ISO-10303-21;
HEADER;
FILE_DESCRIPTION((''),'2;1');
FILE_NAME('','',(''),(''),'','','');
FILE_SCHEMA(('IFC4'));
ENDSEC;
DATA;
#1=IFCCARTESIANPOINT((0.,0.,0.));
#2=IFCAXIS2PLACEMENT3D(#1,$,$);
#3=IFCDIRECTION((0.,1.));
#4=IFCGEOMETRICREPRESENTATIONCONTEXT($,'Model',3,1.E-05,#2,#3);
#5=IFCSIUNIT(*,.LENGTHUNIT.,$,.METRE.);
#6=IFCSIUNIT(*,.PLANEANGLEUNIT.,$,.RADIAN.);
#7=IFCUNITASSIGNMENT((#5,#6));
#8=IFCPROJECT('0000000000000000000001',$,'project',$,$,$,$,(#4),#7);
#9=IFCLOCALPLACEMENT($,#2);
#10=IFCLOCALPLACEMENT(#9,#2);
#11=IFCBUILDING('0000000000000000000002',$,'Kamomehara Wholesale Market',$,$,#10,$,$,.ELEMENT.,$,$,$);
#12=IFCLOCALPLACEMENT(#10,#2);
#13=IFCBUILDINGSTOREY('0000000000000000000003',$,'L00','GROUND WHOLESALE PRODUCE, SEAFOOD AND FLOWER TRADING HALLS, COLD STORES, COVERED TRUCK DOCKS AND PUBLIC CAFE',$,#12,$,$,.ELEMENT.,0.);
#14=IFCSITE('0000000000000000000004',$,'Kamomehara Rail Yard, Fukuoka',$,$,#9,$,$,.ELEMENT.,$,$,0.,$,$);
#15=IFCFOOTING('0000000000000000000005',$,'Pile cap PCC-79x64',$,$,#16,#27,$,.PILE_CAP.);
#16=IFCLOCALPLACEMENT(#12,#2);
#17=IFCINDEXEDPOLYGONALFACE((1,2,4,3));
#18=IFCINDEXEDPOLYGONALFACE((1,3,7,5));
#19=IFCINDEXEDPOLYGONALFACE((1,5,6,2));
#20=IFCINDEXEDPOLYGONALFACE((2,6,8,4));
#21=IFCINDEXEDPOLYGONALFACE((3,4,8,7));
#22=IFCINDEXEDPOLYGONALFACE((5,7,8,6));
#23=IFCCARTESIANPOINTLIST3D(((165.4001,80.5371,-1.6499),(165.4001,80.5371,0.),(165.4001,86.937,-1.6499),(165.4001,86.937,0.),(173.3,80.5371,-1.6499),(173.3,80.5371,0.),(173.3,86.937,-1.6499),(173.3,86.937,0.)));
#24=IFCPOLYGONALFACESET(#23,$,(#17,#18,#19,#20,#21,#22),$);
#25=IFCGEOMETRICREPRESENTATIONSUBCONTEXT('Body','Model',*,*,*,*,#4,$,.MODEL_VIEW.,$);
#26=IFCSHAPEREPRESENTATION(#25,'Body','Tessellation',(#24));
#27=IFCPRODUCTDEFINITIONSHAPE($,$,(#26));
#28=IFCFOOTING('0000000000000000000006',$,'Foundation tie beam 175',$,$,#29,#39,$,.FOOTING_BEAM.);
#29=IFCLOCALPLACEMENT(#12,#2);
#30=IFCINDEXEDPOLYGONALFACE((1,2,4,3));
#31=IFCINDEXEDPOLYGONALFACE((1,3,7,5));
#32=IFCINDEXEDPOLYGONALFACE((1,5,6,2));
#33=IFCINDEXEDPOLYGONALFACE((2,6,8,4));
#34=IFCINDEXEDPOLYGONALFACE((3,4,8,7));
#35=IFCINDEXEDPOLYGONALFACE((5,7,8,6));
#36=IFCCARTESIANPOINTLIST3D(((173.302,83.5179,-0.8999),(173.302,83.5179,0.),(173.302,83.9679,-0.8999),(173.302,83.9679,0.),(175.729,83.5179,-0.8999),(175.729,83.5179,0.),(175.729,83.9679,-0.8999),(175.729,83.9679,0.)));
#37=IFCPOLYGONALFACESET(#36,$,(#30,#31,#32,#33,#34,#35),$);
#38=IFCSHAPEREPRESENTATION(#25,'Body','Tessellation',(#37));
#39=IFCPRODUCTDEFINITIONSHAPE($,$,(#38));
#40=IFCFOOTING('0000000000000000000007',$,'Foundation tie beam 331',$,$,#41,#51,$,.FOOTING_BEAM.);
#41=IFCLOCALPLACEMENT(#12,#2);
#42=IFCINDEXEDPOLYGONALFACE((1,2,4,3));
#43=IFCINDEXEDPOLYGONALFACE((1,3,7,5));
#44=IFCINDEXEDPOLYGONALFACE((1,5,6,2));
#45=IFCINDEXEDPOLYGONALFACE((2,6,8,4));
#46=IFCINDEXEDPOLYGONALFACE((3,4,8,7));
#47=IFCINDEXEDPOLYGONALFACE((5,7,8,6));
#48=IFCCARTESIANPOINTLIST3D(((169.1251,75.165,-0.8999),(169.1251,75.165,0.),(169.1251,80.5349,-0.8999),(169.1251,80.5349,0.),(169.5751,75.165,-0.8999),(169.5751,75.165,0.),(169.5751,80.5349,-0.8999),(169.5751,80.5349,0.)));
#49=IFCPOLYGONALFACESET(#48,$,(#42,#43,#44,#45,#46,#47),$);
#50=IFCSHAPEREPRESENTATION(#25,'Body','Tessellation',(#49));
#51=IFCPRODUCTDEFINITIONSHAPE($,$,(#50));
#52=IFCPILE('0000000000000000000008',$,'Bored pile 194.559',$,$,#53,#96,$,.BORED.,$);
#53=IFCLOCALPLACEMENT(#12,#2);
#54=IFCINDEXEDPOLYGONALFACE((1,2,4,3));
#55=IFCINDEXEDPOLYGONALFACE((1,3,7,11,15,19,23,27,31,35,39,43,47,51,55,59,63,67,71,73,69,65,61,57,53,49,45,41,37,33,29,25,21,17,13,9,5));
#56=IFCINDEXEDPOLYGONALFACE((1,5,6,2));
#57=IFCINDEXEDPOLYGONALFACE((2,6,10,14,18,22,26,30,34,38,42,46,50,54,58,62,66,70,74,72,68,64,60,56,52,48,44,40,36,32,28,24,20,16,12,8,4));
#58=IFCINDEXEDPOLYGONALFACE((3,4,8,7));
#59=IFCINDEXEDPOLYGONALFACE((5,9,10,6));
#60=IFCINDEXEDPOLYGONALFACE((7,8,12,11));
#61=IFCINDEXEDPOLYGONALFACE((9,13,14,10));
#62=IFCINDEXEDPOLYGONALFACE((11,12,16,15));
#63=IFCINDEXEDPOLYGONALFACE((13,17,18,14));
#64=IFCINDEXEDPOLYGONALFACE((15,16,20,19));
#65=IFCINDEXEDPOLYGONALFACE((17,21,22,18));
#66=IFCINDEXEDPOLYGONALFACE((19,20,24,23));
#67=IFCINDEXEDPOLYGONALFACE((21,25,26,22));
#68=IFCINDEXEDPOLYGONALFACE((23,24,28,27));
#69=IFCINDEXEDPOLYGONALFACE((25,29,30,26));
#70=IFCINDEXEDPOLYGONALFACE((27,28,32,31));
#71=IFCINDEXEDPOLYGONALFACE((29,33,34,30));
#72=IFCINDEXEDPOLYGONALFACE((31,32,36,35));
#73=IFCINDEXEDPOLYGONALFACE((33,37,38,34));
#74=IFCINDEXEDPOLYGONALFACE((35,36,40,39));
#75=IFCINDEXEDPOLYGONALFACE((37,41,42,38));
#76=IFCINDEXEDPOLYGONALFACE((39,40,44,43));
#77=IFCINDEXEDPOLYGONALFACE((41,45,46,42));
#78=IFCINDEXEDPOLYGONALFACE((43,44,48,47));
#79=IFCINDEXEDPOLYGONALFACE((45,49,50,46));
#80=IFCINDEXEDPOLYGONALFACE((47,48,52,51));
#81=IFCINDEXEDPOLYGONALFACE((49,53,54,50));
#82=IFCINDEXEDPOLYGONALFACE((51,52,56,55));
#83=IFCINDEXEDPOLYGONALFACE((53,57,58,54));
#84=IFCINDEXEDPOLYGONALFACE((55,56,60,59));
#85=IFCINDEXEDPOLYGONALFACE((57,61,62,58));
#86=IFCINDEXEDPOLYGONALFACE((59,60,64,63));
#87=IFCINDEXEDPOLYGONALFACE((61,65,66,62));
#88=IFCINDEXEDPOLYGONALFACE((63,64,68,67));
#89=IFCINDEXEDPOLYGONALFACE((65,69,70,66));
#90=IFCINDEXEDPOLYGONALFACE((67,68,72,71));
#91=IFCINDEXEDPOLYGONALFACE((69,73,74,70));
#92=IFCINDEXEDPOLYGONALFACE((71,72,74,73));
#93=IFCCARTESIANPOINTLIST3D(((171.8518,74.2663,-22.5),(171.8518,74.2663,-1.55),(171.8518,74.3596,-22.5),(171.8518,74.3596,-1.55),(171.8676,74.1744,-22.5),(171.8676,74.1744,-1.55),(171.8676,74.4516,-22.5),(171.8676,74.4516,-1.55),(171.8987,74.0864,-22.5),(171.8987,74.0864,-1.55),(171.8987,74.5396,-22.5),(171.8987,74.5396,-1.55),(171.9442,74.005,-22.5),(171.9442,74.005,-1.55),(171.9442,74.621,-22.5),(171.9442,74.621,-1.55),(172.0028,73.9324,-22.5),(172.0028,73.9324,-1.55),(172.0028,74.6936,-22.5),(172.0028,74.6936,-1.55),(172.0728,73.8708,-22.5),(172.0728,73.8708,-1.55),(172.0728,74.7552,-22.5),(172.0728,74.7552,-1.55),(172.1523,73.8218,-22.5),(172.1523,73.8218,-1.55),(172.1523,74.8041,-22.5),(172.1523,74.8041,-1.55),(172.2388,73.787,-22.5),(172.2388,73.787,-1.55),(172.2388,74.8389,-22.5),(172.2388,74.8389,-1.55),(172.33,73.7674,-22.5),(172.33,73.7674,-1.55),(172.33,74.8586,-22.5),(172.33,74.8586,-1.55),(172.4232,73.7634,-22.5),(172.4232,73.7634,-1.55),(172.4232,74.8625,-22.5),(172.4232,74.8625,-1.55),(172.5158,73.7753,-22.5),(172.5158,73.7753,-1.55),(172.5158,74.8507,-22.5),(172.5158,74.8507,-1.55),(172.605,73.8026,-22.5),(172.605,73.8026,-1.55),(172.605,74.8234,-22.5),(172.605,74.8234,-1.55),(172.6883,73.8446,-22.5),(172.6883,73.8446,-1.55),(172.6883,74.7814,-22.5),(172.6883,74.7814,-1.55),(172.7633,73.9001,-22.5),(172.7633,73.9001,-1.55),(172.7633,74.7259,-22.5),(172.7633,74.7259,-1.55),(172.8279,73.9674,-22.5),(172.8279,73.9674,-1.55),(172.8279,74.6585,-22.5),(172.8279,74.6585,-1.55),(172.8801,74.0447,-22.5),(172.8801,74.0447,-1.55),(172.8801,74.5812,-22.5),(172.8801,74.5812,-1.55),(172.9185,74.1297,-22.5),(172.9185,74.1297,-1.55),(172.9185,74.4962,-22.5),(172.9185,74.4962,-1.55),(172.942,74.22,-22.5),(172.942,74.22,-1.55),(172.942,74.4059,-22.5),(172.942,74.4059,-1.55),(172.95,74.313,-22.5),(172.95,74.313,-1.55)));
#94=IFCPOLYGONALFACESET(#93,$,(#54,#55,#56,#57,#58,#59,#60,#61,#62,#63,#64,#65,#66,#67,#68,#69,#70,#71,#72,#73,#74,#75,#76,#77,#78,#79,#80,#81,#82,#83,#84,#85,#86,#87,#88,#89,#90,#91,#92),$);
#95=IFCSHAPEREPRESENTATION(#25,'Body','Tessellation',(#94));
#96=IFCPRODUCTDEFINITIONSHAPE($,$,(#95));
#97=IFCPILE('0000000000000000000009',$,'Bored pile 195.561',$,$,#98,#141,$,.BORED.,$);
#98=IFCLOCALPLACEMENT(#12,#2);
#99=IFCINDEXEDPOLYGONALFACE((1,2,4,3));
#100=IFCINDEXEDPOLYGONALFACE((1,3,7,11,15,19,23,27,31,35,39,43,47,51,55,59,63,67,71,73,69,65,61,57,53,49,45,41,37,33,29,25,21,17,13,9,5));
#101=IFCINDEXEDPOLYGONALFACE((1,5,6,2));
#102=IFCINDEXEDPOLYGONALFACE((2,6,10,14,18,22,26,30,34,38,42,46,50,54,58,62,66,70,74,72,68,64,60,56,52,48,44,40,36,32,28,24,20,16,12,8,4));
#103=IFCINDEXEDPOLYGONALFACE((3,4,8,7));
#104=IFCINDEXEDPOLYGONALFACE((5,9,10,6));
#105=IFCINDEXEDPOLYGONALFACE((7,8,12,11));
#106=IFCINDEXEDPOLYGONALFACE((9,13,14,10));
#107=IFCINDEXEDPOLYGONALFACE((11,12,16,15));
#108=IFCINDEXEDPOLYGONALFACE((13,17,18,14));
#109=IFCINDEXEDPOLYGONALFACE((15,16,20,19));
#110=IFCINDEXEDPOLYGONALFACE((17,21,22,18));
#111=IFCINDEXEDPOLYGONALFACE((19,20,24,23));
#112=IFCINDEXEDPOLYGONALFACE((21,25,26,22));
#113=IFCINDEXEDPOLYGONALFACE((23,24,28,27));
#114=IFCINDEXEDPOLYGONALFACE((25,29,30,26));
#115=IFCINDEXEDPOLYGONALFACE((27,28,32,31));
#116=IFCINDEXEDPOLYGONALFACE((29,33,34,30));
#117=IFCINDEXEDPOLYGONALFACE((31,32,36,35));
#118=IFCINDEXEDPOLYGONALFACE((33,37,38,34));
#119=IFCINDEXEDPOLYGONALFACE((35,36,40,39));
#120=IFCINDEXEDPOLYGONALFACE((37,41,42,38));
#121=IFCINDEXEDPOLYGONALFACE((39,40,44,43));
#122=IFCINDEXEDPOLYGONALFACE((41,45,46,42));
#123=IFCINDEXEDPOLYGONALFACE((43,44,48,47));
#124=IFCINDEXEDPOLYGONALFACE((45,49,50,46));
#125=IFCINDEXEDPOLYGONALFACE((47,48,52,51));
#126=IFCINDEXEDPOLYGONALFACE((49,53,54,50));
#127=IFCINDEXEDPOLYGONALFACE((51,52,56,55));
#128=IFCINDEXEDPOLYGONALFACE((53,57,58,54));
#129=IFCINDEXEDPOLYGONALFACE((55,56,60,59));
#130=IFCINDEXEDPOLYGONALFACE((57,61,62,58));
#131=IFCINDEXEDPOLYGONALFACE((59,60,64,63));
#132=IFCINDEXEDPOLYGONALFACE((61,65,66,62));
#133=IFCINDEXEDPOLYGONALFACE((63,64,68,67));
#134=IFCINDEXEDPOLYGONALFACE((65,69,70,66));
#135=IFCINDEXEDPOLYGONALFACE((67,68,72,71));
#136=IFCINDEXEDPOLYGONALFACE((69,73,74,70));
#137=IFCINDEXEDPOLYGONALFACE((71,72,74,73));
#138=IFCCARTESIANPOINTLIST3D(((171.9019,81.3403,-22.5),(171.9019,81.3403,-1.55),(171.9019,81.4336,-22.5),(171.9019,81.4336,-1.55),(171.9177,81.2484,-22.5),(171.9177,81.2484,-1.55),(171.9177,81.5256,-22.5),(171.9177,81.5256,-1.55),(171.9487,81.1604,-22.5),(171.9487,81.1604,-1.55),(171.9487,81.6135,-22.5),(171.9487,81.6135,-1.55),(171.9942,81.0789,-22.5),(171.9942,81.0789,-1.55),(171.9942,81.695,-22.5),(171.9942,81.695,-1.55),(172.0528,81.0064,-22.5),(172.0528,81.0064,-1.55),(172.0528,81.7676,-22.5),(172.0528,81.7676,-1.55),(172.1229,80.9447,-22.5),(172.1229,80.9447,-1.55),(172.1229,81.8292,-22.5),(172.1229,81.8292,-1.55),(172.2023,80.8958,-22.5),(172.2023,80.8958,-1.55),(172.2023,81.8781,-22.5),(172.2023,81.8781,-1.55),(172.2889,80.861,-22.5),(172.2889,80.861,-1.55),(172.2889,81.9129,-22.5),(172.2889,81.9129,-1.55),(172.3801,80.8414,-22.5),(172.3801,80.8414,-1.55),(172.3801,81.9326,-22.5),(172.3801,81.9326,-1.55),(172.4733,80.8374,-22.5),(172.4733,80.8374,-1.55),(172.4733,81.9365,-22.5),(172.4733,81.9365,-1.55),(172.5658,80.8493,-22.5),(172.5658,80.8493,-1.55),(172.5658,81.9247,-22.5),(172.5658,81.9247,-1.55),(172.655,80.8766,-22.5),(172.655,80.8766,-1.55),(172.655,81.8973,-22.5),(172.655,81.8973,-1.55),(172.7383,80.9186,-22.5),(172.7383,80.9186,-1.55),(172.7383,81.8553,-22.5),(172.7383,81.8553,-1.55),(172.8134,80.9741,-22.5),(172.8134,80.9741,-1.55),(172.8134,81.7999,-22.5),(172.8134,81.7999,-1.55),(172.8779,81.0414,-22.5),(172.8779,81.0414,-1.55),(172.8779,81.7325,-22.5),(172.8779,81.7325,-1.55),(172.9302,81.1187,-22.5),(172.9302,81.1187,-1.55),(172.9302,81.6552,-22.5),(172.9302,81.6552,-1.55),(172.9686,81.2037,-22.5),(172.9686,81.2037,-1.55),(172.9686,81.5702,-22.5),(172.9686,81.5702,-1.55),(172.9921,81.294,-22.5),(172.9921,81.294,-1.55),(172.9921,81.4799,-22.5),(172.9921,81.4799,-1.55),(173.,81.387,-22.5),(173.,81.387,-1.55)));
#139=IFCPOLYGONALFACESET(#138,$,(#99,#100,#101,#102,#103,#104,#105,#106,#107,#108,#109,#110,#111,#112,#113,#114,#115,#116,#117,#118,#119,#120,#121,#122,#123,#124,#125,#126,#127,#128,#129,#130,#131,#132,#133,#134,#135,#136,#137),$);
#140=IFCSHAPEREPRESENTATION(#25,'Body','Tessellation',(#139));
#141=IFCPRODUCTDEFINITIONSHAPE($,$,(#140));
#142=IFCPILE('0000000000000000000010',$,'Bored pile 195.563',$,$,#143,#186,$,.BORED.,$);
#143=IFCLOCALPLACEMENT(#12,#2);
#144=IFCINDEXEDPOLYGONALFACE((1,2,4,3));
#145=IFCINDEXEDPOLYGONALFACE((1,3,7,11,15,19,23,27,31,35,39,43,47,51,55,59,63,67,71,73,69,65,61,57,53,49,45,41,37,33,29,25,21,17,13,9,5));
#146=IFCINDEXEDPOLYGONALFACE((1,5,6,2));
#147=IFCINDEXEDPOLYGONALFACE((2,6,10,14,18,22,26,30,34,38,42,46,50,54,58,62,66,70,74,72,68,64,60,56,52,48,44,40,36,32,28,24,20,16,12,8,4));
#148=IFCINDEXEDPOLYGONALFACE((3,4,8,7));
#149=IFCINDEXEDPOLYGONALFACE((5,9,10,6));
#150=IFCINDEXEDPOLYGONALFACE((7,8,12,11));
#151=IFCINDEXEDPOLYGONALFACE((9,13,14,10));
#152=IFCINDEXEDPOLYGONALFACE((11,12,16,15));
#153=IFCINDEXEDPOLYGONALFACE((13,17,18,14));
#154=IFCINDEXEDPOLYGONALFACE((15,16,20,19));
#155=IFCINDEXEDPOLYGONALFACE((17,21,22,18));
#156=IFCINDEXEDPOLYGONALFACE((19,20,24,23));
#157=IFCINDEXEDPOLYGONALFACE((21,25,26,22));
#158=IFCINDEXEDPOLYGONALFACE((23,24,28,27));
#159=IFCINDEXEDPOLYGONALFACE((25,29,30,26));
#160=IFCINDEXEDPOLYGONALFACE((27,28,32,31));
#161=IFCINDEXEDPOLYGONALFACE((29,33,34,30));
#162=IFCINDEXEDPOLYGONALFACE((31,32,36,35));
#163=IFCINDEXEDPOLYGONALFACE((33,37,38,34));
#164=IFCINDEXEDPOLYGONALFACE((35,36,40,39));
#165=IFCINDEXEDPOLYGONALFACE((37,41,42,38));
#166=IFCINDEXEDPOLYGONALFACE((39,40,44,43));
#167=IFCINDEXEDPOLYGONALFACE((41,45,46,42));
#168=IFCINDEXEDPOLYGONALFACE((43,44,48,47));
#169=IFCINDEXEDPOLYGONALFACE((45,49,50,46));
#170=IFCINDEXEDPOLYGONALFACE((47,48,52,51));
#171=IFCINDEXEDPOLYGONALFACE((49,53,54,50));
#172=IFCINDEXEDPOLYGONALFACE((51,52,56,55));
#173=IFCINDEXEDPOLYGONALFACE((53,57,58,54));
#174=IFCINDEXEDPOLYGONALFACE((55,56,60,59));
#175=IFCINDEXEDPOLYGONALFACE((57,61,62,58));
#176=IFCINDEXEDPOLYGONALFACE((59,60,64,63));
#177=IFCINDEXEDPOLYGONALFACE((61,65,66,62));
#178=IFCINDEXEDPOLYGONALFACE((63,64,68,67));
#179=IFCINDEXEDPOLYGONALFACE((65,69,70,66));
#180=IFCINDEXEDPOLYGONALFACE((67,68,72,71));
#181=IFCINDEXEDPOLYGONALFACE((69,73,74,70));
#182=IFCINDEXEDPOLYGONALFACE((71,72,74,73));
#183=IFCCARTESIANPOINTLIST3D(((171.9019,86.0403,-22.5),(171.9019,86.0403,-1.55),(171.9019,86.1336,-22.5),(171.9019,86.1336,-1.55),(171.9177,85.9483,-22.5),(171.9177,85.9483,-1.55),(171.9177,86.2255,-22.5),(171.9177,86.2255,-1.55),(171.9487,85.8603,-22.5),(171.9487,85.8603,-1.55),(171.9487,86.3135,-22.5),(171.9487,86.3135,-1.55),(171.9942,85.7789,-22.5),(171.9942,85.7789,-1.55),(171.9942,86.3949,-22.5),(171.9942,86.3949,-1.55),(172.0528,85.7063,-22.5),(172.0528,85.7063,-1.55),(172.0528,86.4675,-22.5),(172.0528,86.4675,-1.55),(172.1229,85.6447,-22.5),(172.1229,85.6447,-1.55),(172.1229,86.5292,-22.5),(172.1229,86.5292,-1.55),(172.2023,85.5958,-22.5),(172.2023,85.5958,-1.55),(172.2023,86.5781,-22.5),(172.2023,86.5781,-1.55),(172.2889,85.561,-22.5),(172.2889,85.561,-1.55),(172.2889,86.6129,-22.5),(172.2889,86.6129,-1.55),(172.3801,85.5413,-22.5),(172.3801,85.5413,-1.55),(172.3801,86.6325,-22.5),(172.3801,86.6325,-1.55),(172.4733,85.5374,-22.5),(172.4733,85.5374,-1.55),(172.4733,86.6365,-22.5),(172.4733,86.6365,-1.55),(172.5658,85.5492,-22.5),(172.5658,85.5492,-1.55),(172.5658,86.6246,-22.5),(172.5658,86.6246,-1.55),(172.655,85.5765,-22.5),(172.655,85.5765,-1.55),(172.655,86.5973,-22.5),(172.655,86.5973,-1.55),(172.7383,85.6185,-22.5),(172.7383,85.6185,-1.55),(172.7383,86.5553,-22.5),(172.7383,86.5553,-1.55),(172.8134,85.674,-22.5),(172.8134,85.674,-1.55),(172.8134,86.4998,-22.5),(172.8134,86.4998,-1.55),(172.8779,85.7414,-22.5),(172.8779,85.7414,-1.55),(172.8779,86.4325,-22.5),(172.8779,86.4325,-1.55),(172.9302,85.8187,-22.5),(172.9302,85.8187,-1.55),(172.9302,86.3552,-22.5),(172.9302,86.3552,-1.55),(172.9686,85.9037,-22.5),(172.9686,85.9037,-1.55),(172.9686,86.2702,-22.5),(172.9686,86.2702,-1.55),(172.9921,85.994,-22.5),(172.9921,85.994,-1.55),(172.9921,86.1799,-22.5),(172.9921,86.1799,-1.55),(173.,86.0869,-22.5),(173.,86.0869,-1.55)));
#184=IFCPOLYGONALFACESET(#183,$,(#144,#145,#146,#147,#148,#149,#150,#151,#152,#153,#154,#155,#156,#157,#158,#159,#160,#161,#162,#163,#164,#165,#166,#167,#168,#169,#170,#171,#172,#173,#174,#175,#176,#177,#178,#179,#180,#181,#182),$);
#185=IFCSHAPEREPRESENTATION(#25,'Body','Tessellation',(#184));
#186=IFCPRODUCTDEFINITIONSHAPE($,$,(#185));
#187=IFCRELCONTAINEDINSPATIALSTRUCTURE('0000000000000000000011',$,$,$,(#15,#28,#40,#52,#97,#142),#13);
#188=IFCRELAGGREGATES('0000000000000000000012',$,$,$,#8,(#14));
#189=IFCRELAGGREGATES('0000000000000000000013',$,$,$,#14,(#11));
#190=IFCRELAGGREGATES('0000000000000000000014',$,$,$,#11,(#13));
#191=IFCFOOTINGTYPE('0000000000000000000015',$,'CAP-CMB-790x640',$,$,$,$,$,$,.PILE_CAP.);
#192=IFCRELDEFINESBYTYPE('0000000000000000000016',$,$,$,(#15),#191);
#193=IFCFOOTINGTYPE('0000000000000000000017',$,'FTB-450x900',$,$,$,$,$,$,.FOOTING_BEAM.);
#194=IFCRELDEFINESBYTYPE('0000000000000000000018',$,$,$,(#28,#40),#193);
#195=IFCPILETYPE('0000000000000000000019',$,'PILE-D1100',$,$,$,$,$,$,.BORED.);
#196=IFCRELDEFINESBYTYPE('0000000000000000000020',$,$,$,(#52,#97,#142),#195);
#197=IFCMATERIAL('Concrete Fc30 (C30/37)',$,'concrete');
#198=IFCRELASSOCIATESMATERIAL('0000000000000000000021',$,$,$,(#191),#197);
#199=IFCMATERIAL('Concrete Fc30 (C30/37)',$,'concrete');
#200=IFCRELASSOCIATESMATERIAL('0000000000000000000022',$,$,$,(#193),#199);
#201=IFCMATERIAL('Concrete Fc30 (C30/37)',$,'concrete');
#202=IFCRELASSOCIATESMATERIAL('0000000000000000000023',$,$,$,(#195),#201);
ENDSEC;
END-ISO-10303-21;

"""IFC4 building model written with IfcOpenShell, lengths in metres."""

from ifc_helpers import new_model, si_unit, direction, frame, origin, origin_2d, place, context, subcontext, project, spatial, rectangle, circle, extrude, material, material_profile, profile_set, type_object, element, save


model = new_model("IFC4")

# Units and contexts
model_context = context("Model", 3, precision=1e-05, world=origin(), true_north=direction((0.0, 1.0)))
body_context = subcontext(model_context, "Body", "Model", "MODEL_VIEW")
ifc_project = project(units=[si_unit("LENGTHUNIT", "METRE"), si_unit("PLANEANGLEUNIT", "RADIAN")], contexts=[model_context])

# Site, building, storey
site_placement = place(None, origin())
site = spatial("IfcSite", under=ifc_project, at=site_placement, Name="Kamomehara Rail Yard, Fukuoka", CompositionType="ELEMENT", RefElevation=0.0)
building_placement = place(site_placement, origin())
building = spatial("IfcBuilding", under=site, at=building_placement, Name="Kamomehara Wholesale Market", CompositionType="ELEMENT")
storey_placement = place(building_placement, origin())
storey = spatial("IfcBuildingStorey", under=building, at=storey_placement, Name="L00", Description="GROUND WHOLESALE PRODUCE, SEAFOOD AND FLOWER TRADING HALLS, COLD STORES, COVERED TRUCK DOCKS AND PUBLIC CAFE", CompositionType="ELEMENT", Elevation=0.0)

# Footings
ifc_material_1 = material(Name="Concrete Fc30 (C30/37)", Category="concrete")
footing_type_1 = type_object("IfcFootingType", Name="CAP-CMB-790x640", PredefinedType="PILE_CAP", material=ifc_material_1)
footing_1_placement = place(storey_placement, frame((169.3501, 83.7371, -1.6499), z_axis=(0.0, 0.0, 1.0), x_axis=(1.0, 0.0, 0.0)))
element("IfcFooting", 1, at=footing_1_placement, inside=storey, type_object=footing_type_1, Name="Pile cap PCC-79x64", PredefinedType="PILE_CAP", context=body_context, shape_type="SweptSolid", body=[
    extrude(rectangle(XDim=7.8999, YDim=6.3999, at=origin_2d()), origin(), (0.0, 0.0, 1.0), 1.6499),
])
ifc_material_2 = material(Name="Concrete Fc30 (C30/37)", Category="concrete")
ifc_material_profile_1 = material_profile(ifc_material_2, rectangle(XDim=0.45, YDim=0.8999, at=origin_2d()), Name="RC-FTB-450x900")
ifc_profile_set_1 = profile_set([ifc_material_profile_1], Name="Concrete Fc30 (C30/37)")
footing_type_2 = type_object("IfcFootingType", Name="FTB-450x900", PredefinedType="FOOTING_BEAM", material=ifc_profile_set_1)
footing_2_placement = place(storey_placement, frame((173.302, 83.7429, -0.45), z_axis=(1.0, 0.0, 0.0), x_axis=(0.0, 1.0, 0.0)))
element("IfcFooting", 2, at=footing_2_placement, inside=storey, type_object=footing_type_2, Name="Foundation tie beam 175", PredefinedType="FOOTING_BEAM", context=body_context, shape_type="SweptSolid", body=[
    extrude(rectangle(XDim=0.45, YDim=0.8999, at=origin_2d()), origin(), (0.0, 0.0, 1.0), 2.427),
])
footing_3_placement = place(storey_placement, frame((169.3501, 75.165, -0.45), z_axis=(0.0, 1.0, 0.0), x_axis=(-1.0, 0.0, 0.0)))
element("IfcFooting", 3, at=footing_3_placement, inside=storey, type_object=footing_type_2, Name="Foundation tie beam 331", PredefinedType="FOOTING_BEAM", context=body_context, shape_type="SweptSolid", body=[
    extrude(rectangle(XDim=0.45, YDim=0.8999, at=origin_2d()), origin(), (0.0, 0.0, 1.0), 5.3699),
])

# Piles
ifc_material_3 = material(Name="Concrete Fc30 (C30/37)", Category="concrete")
ifc_material_profile_2 = material_profile(ifc_material_3, circle(Radius=0.55, at=origin_2d()), Name="RC-PILE-D1100")
ifc_profile_set_2 = profile_set([ifc_material_profile_2], Name="Concrete Fc30 (C30/37)")
pile_type_1 = type_object("IfcPileType", Name="PILE-D1100", PredefinedType="BORED", material=ifc_profile_set_2)
for number, where, z_axis, x_axis, name in (
    (4, (172.3999, 74.313, -1.55), (0.0, 0.0, -1.0), (1.0, 0.0, 0.0), "Bored pile 194.559"),
    (5, (172.45, 81.387, -1.55), (0.0, 0.0, -1.0), (1.0, 0.0, 0.0), "Bored pile 195.561"),
    (6, (172.45, 86.0869, -1.55), (0.0, 0.0, -1.0), (1.0, 0.0, 0.0), "Bored pile 195.563"),
):
    element("IfcPile", number, at=place(storey_placement, frame(where, z_axis=z_axis, x_axis=x_axis)), inside=storey, type_object=pile_type_1, Name=name, PredefinedType="BORED", context=body_context, shape_type="SweptSolid", body=[
        extrude(circle(Radius=0.55, at=origin_2d()), origin(), (0.0, 0.0, 1.0), 20.95),
    ])

save(model, "model.ifc")
